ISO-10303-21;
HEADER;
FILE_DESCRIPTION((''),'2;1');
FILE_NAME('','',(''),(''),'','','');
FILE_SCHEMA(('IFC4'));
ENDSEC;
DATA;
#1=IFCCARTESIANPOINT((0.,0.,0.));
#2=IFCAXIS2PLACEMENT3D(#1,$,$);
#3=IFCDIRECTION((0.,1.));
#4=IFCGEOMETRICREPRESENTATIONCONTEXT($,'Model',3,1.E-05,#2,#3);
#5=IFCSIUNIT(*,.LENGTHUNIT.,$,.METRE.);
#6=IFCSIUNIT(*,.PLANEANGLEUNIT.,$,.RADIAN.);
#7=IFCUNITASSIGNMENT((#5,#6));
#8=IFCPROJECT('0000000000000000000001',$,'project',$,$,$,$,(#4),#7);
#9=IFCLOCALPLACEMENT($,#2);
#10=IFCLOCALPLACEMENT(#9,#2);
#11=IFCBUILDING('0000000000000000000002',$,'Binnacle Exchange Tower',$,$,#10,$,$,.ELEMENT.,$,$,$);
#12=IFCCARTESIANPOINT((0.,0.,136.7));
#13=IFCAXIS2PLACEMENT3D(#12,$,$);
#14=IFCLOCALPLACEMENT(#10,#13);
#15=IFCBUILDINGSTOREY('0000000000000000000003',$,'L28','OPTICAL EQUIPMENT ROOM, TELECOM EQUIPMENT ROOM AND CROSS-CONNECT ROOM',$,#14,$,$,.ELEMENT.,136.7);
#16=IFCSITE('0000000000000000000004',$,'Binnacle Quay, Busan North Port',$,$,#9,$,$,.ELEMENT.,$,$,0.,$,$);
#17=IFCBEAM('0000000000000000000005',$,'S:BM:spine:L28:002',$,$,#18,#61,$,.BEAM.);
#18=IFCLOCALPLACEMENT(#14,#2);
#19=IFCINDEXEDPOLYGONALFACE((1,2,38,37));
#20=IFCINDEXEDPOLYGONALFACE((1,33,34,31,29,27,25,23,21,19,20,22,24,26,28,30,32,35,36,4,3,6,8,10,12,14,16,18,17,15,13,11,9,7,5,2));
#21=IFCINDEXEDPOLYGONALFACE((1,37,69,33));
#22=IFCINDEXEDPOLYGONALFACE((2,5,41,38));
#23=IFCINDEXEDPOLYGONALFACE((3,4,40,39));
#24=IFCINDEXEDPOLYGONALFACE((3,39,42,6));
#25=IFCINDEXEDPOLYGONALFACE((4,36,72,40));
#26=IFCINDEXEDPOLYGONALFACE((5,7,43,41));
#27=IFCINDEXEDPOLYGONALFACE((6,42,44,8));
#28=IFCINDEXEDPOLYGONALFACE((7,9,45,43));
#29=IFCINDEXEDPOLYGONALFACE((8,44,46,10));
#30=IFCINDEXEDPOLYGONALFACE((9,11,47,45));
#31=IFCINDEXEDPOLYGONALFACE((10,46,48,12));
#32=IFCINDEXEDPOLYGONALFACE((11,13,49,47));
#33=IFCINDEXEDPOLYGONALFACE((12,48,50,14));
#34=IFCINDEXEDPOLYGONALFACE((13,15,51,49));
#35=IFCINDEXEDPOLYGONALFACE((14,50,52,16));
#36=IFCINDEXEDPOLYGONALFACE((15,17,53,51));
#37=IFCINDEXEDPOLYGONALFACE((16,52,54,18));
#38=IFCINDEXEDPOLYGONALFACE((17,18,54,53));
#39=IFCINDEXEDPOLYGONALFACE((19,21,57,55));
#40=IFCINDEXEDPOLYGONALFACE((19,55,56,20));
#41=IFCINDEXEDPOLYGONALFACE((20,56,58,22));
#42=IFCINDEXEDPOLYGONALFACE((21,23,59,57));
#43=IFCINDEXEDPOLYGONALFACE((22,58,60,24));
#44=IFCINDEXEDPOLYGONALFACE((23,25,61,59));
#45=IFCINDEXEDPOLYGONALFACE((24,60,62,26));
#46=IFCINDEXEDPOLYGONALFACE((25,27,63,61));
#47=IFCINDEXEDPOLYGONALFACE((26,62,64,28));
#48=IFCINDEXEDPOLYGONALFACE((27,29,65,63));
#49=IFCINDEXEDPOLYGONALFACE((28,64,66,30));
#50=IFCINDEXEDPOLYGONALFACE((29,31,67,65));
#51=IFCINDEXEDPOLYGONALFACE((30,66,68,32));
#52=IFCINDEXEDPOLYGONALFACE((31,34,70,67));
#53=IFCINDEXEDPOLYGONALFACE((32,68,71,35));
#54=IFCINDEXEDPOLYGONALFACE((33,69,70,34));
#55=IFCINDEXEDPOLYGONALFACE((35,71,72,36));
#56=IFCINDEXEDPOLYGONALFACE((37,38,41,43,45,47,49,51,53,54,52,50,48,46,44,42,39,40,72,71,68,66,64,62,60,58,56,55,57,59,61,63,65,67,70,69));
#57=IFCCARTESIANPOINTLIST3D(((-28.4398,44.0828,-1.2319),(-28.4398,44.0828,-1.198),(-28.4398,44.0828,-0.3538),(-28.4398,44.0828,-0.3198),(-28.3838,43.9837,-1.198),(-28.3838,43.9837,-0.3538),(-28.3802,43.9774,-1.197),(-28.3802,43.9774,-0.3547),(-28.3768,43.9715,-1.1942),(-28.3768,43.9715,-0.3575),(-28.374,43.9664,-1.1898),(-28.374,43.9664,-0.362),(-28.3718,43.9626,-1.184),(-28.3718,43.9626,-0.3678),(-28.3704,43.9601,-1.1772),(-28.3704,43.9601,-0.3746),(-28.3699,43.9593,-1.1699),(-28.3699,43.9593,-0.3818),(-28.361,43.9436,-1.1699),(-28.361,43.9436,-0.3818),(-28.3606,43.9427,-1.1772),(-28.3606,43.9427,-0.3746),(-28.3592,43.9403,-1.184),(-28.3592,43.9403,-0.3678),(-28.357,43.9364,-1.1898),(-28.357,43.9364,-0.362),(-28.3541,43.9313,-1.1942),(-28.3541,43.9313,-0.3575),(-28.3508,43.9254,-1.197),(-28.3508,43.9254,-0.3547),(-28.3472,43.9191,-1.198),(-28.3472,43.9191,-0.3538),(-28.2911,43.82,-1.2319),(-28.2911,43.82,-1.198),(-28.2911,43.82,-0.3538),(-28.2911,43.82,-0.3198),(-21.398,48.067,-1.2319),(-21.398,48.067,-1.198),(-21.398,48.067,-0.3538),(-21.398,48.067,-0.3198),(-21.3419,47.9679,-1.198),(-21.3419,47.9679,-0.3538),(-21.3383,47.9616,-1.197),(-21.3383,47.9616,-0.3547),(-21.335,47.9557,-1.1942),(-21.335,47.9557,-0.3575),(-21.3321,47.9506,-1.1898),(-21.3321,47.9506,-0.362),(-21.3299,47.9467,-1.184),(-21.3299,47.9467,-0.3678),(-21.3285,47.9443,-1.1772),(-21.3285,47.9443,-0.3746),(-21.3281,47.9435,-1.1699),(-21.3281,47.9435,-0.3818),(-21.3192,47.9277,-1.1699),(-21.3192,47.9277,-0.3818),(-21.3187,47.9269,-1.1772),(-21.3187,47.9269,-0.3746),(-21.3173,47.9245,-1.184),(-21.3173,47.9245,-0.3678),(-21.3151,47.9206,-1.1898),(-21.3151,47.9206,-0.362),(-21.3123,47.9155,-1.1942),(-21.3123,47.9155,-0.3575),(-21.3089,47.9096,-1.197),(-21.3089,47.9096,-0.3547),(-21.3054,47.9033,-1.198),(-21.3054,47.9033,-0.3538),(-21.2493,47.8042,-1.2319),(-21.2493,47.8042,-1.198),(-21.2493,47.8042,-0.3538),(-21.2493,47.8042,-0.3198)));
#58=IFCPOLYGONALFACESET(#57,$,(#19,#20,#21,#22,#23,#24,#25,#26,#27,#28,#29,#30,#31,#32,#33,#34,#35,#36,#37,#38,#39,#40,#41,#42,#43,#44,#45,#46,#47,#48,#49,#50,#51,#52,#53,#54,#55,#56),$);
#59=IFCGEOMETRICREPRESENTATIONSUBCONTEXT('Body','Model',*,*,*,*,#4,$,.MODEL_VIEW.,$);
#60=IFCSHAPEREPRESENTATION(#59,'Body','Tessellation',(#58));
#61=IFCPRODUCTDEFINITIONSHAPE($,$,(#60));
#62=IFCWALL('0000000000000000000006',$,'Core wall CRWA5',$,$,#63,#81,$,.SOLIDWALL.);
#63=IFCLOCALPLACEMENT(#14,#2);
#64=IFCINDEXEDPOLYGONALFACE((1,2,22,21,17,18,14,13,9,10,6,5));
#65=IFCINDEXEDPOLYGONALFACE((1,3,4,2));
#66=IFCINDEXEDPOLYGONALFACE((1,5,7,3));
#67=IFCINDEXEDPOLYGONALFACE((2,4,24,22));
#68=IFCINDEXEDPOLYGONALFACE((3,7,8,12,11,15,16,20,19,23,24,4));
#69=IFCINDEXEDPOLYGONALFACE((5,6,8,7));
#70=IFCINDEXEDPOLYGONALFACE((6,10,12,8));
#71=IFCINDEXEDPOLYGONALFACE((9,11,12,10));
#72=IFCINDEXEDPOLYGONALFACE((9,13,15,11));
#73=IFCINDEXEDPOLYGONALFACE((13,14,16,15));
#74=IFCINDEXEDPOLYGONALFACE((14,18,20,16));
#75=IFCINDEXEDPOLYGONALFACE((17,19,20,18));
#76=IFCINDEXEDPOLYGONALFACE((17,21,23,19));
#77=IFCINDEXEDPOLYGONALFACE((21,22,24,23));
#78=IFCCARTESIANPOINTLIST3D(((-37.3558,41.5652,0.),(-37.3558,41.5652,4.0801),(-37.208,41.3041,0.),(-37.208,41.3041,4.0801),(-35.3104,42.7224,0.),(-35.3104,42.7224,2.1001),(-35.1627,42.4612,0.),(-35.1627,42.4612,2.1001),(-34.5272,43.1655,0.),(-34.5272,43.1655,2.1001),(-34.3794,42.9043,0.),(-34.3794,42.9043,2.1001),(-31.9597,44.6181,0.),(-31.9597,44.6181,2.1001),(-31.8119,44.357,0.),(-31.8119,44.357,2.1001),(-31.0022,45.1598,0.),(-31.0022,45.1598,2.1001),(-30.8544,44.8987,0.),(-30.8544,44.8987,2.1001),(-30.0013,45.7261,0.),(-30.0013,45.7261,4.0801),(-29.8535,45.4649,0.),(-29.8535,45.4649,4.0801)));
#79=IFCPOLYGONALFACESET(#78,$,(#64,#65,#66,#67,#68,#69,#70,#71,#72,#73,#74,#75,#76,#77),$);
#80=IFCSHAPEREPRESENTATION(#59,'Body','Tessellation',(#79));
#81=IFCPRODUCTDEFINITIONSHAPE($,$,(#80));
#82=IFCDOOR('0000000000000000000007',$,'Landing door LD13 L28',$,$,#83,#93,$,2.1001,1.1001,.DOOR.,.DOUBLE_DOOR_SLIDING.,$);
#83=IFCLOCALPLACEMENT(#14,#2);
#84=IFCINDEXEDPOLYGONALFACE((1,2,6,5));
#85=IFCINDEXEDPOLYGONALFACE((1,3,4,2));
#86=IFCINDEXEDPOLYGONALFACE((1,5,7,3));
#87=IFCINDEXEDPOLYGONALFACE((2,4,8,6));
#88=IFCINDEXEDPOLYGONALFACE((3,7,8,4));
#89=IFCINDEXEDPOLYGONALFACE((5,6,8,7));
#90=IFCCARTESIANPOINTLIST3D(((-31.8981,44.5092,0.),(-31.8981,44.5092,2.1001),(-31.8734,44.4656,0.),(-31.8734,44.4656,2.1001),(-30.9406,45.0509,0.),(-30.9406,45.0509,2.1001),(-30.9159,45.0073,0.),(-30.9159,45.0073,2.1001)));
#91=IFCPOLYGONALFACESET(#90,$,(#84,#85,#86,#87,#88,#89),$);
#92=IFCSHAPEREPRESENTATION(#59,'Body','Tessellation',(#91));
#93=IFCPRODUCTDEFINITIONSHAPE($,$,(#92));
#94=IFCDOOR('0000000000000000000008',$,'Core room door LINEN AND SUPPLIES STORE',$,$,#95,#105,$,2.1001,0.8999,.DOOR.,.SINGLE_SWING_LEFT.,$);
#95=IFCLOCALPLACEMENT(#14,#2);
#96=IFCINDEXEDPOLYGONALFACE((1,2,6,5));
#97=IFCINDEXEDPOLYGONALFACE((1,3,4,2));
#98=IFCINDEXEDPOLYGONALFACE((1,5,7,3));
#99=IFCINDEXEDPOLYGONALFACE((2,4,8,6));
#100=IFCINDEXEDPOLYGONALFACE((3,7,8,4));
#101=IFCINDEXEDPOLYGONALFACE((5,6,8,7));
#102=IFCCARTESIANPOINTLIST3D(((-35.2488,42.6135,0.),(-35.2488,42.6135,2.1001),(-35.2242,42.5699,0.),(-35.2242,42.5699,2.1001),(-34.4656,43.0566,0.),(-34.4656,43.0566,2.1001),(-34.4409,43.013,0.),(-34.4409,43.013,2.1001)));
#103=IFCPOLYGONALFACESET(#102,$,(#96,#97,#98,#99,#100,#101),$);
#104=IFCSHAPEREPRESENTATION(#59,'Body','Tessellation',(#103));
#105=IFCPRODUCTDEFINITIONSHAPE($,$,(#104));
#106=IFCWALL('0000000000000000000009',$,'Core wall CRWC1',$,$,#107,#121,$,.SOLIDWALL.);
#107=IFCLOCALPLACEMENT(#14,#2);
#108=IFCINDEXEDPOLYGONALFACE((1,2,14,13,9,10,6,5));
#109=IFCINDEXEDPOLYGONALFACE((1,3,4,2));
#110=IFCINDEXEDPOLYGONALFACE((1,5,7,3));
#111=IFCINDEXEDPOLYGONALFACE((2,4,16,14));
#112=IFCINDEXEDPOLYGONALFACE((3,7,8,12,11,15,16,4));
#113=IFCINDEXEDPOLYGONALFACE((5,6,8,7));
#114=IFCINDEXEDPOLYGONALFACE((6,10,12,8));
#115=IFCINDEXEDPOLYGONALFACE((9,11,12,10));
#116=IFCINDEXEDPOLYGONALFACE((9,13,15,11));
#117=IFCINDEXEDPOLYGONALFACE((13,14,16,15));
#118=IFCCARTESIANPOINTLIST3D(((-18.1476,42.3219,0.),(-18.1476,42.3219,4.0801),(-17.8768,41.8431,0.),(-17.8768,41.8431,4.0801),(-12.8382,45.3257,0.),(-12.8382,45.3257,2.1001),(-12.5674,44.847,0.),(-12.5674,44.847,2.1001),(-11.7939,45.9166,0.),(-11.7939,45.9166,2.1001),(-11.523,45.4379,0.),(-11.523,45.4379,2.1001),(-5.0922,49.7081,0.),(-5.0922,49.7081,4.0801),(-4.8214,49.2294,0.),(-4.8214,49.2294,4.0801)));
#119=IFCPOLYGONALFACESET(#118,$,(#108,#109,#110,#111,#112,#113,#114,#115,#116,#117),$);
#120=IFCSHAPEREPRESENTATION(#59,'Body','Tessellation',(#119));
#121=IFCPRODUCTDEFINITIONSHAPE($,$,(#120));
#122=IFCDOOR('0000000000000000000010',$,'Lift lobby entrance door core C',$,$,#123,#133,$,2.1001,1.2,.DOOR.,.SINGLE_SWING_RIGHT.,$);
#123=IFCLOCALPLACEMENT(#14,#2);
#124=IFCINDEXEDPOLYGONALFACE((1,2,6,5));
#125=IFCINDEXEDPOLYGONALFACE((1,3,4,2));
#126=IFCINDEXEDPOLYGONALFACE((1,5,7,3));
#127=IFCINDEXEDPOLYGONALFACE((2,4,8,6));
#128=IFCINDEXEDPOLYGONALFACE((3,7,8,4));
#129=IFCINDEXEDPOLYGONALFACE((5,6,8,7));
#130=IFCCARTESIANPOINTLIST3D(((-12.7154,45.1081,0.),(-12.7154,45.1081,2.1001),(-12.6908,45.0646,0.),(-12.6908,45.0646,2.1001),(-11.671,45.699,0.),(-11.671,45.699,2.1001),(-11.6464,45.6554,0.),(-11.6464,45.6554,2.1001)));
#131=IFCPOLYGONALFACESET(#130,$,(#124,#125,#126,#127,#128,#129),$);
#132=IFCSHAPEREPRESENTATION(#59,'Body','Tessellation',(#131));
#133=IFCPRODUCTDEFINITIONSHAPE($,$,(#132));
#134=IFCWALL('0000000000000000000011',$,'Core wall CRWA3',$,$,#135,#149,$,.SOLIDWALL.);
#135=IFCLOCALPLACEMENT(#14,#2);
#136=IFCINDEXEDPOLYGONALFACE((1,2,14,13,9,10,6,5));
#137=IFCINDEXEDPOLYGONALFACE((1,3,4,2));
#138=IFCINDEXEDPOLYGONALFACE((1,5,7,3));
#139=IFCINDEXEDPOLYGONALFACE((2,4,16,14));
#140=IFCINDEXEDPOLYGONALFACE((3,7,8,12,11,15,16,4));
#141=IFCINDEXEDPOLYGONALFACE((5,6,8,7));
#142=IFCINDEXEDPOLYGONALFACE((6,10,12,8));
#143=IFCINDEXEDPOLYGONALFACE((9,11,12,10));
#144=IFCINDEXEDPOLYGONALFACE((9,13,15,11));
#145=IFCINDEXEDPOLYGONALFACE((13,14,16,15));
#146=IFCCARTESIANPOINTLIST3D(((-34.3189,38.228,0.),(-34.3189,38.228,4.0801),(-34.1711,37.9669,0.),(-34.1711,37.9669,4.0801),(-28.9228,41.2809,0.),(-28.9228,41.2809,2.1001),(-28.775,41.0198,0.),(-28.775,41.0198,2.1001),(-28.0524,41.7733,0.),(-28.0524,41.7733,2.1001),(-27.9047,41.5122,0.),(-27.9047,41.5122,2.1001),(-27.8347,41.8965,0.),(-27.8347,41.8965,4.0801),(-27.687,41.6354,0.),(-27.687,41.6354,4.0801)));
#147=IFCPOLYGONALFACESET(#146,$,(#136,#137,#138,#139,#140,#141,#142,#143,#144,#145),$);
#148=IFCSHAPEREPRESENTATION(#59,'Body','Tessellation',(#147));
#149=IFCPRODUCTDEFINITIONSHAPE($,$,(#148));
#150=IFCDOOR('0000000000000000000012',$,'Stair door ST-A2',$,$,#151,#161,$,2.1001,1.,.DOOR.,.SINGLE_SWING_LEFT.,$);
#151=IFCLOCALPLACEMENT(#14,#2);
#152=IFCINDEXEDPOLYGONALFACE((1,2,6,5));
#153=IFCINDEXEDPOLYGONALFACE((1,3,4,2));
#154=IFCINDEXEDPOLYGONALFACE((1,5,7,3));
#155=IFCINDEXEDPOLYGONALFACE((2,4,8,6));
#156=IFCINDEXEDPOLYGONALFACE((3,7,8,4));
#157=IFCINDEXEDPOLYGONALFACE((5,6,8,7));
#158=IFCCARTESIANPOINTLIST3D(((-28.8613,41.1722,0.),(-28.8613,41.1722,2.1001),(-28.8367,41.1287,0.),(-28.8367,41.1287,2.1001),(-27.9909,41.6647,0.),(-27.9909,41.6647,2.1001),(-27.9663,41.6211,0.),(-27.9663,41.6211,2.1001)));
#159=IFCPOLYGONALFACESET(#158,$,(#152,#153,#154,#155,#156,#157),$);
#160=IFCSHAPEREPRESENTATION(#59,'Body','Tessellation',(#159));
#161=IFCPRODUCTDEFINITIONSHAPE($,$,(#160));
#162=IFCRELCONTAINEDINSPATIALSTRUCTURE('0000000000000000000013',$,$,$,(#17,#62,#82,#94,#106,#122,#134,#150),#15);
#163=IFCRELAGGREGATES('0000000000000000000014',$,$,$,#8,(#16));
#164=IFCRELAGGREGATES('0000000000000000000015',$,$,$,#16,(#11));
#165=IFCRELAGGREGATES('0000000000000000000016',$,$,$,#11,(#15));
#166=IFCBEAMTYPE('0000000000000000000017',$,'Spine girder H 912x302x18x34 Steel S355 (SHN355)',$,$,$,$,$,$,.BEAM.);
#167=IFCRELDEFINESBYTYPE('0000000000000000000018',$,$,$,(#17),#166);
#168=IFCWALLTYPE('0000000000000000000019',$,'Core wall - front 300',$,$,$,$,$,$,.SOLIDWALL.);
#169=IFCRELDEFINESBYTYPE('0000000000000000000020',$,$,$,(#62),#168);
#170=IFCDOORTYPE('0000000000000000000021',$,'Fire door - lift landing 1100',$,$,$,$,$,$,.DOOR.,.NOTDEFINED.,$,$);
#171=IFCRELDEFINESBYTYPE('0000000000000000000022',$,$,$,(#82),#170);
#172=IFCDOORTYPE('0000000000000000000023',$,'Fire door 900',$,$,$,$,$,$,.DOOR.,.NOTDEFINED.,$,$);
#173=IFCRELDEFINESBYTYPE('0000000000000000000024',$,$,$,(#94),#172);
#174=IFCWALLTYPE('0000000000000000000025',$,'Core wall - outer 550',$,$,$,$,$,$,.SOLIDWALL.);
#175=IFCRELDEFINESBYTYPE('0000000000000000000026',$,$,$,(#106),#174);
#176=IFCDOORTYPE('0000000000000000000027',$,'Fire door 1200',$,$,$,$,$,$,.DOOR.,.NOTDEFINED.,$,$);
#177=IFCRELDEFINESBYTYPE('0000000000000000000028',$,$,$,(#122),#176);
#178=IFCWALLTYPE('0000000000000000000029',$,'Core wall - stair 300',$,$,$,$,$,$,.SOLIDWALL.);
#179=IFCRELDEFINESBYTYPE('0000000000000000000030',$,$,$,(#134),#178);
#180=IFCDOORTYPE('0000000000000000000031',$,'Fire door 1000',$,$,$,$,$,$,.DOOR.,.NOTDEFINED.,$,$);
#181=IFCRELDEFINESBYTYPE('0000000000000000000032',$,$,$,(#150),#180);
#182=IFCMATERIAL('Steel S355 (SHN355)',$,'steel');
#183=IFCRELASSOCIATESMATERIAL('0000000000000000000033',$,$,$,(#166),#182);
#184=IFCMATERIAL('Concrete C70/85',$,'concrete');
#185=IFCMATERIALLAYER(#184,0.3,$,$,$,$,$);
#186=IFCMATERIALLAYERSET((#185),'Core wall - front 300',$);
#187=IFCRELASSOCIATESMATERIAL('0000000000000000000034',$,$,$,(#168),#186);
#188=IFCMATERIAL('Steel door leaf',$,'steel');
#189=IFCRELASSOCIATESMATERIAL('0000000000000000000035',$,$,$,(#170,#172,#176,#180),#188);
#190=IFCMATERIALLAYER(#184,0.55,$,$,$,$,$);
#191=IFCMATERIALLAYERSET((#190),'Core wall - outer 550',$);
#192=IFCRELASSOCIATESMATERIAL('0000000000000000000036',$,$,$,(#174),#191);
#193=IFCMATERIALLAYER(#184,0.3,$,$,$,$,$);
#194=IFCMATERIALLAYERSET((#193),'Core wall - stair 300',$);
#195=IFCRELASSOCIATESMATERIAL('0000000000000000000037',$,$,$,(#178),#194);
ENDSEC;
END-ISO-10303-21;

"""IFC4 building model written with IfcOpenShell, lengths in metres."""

from ifc_helpers import new_model, si_unit, direction, frame, frame_2d, origin, origin_2d, place, context, subcontext, project, spatial, rectangle, i_section, extrude, material, layer, layer_set, material_profile, profile_set, type_object, element, fill, save


model = new_model("IFC4")

# Units and contexts
model_context = context("Model", 3, precision=1e-05, world=origin(), true_north=direction((0.0, 1.0)))
body_context = subcontext(model_context, "Body", "Model", "MODEL_VIEW")
ifc_project = project(units=[si_unit("LENGTHUNIT", "METRE"), si_unit("PLANEANGLEUNIT", "RADIAN")], contexts=[model_context])

# Site, building, storey
site_placement = place(None, origin())
site = spatial("IfcSite", under=ifc_project, at=site_placement, Name="Binnacle Quay, Busan North Port", CompositionType="ELEMENT", RefElevation=0.0)
building_placement = place(site_placement, origin())
building = spatial("IfcBuilding", under=site, at=building_placement, Name="Binnacle Exchange Tower", CompositionType="ELEMENT")
storey_placement = place(building_placement, frame((0.0, 0.0, 136.7)))
storey = spatial("IfcBuildingStorey", under=building, at=storey_placement, Name="L28", Description="OPTICAL EQUIPMENT ROOM, TELECOM EQUIPMENT ROOM AND CROSS-CONNECT ROOM", CompositionType="ELEMENT", Elevation=136.7)

# Shared definitions
ifc_material_1 = material(Name="Concrete C70/85", Category="concrete")

# Beam
ifc_material_2 = material(Name="Steel S355 (SHN355)", Category="steel")
ifc_material_profile_1 = material_profile(ifc_material_2, i_section(OverallWidth=0.302, OverallDepth=0.9121, WebThickness=0.0181, FlangeThickness=0.0339, FilletRadius=0.0281, at=origin_2d()), Name="H 912x302x18x34")
ifc_profile_set_1 = profile_set([ifc_material_profile_1], Name="Steel S355 (SHN355)")
beam_type_1 = type_object("IfcBeamType", Name="Spine girder H 912x302x18x34 Steel S355 (SHN355)", PredefinedType="BEAM", material=ifc_profile_set_1)
beam_1_placement = place(storey_placement, frame((-28.3655, 43.9514, -0.7759), z_axis=(0.87035, 0.492433, 0.0), x_axis=(-0.492433, 0.87035, 0.0)))
element("IfcBeam", 1, at=beam_1_placement, inside=storey, type_object=beam_type_1, Name="S:BM:spine:L28:002", PredefinedType="BEAM", context=body_context, shape_type="SweptSolid", body=[
    extrude(i_section(OverallWidth=0.302, OverallDepth=0.9121, WebThickness=0.0181, FlangeThickness=0.0339, FilletRadius=0.0281, at=origin_2d()), origin(), (0.0, 0.0, 1.0), 8.0908),
])

# Wall, openings, doors
ifc_layer_1 = layer(ifc_material_1, 0.3)
ifc_layer_set_1 = layer_set([ifc_layer_1], Name="Core wall - front 300")
wall_type_1 = type_object("IfcWallType", Name="Core wall - front 300", PredefinedType="SOLIDWALL", material=ifc_layer_set_1)
wall_1_placement = place(storey_placement, frame((-37.282, 41.4346, 0.0), z_axis=(0.0, 0.0, 1.0), x_axis=(0.87036, 0.492416, 0.0)))
wall_1 = element("IfcWall", 2, at=wall_1_placement, inside=storey, type_object=wall_type_1, Name="Core wall CRWA5", PredefinedType="SOLIDWALL", context=body_context, shape_type="SweptSolid", body=[
    extrude(rectangle(XDim=8.45, YDim=0.3, at=frame_2d((4.2251, 0.0))), origin(), (0.0, 0.0, 1.0), 4.0801),
])
opening_1_placement = place(wall_1_placement, frame((6.2, 0.0, 0.0)))
opening_1 = element("IfcOpeningElement", 3, at=opening_1_placement, cuts=wall_1, PredefinedType="OPENING", context=body_context, shape_type="SweptSolid", body=[
    extrude(rectangle(XDim=1.1001, YDim=2.1001, at=frame_2d((0.55, 1.05))), frame((0.0, 0.1599, 0.0), z_axis=(0.0, -1.0, 0.0), x_axis=(1.0, 0.0, 0.0)), (0.0, 0.0, 1.0), 0.3201),
])
opening_2_placement = place(wall_1_placement, frame((2.3501, 0.0, 0.0)))
opening_2 = element("IfcOpeningElement", 4, at=opening_2_placement, cuts=wall_1, PredefinedType="OPENING", context=body_context, shape_type="SweptSolid", body=[
    extrude(rectangle(XDim=0.8999, YDim=2.1001, at=frame_2d((0.45, 1.05))), frame((0.0, 0.1599, 0.0), z_axis=(0.0, -1.0, 0.0), x_axis=(1.0, 0.0, 0.0)), (0.0, 0.0, 1.0), 0.3201),
])
ifc_material_3 = material(Name="Steel door leaf", Category="steel")
door_type_1 = type_object("IfcDoorType", Name="Fire door - lift landing 1100", OperationType="NOTDEFINED", PredefinedType="DOOR", material=ifc_material_3)
door_1_placement = place(opening_1_placement, origin())
door_1 = element("IfcDoor", 5, at=door_1_placement, inside=storey, type_object=door_type_1, Name="Landing door LD13 L28", OperationType="DOUBLE_DOOR_SLIDING", OverallHeight=2.1001, OverallWidth=1.1001, PredefinedType="DOOR", context=body_context, shape_type="SweptSolid", body=[
    extrude(rectangle(XDim=1.1001, YDim=2.1001, at=frame_2d((0.55, 1.05))), frame((0.0, 0.0249, 0.0), z_axis=(0.0, -1.0, 0.0), x_axis=(1.0, 0.0, 0.0)), (0.0, 0.0, 1.0), 0.05),
])
fill(opening_1, door_1)
door_type_2 = type_object("IfcDoorType", Name="Fire door 900", OperationType="NOTDEFINED", PredefinedType="DOOR", material=ifc_material_3)
door_2_placement = place(opening_2_placement, origin())
door_2 = element("IfcDoor", 6, at=door_2_placement, inside=storey, type_object=door_type_2, Name="Core room door LINEN AND SUPPLIES STORE", OperationType="SINGLE_SWING_LEFT", OverallHeight=2.1001, OverallWidth=0.8999, PredefinedType="DOOR", context=body_context, shape_type="SweptSolid", body=[
    extrude(rectangle(XDim=0.8999, YDim=2.1001, at=frame_2d((0.45, 1.05))), frame((0.0, 0.0249, 0.0), z_axis=(0.0, -1.0, 0.0), x_axis=(1.0, 0.0, 0.0)), (0.0, 0.0, 1.0), 0.05),
])
fill(opening_2, door_2)

# Walls, openings, doors
ifc_layer_2 = layer(ifc_material_1, 0.55)
ifc_layer_set_2 = layer_set([ifc_layer_2], Name="Core wall - outer 550")
wall_type_2 = type_object("IfcWallType", Name="Core wall - outer 550", PredefinedType="SOLIDWALL", material=ifc_layer_set_2)
wall_2_placement = place(storey_placement, frame((-18.0122, 42.0825, 0.0), z_axis=(0.0, 0.0, 1.0), x_axis=(0.870361, 0.492415, 0.0)))
wall_2 = element("IfcWall", 7, at=wall_2_placement, inside=storey, type_object=wall_type_2, Name="Core wall CRWC1", PredefinedType="SOLIDWALL", context=body_context, shape_type="SweptSolid", body=[
    extrude(rectangle(XDim=15.0, YDim=0.55, at=frame_2d((7.5, 0.0))), origin(), (0.0, 0.0, 1.0), 4.0801),
])
opening_3_placement = place(wall_2_placement, frame((6.1001, 0.0, 0.0)))
opening_3 = element("IfcOpeningElement", 8, at=opening_3_placement, cuts=wall_2, PredefinedType="OPENING", context=body_context, shape_type="SweptSolid", body=[
    extrude(rectangle(XDim=1.2, YDim=2.1001, at=frame_2d((0.6001, 1.05))), frame((0.0, 0.2849, 0.0), z_axis=(0.0, -1.0, 0.0), x_axis=(1.0, 0.0, 0.0)), (0.0, 0.0, 1.0), 0.5701),
])
door_type_3 = type_object("IfcDoorType", Name="Fire door 1200", OperationType="NOTDEFINED", PredefinedType="DOOR", material=ifc_material_3)
door_3_placement = place(opening_3_placement, frame((1.2, 0.0, 0.0), z_axis=(0.0, 0.0, 1.0), x_axis=(-1.0, 0.0, 0.0)))
door_3 = element("IfcDoor", 9, at=door_3_placement, inside=storey, type_object=door_type_3, Name="Lift lobby entrance door core C", OperationType="SINGLE_SWING_RIGHT", OverallHeight=2.1001, OverallWidth=1.2, PredefinedType="DOOR", context=body_context, shape_type="SweptSolid", body=[
    extrude(rectangle(XDim=1.2, YDim=2.1001, at=frame_2d((0.6001, 1.05))), frame((0.0, 0.0249, 0.0), z_axis=(0.0, -1.0, 0.0), x_axis=(1.0, 0.0, 0.0)), (0.0, 0.0, 1.0), 0.05),
])
fill(opening_3, door_3)
ifc_layer_3 = layer(ifc_material_1, 0.3)
ifc_layer_set_3 = layer_set([ifc_layer_3], Name="Core wall - stair 300")
wall_type_3 = type_object("IfcWallType", Name="Core wall - stair 300", PredefinedType="SOLIDWALL", material=ifc_layer_set_3)
wall_3_placement = place(storey_placement, frame((-34.2451, 38.0974, 0.0), z_axis=(0.0, 0.0, 1.0), x_axis=(0.870361, 0.492415, 0.0)))
wall_3 = element("IfcWall", 10, at=wall_3_placement, inside=storey, type_object=wall_type_3, Name="Core wall CRWA3", PredefinedType="SOLIDWALL", context=body_context, shape_type="SweptSolid", body=[
    extrude(rectangle(XDim=7.45, YDim=0.3, at=frame_2d((3.7251, 0.0))), origin(), (0.0, 0.0, 1.0), 4.0801),
])
opening_4_placement = place(wall_3_placement, frame((6.2, 0.0, 0.0)))
opening_4 = element("IfcOpeningElement", 11, at=opening_4_placement, cuts=wall_3, PredefinedType="OPENING", context=body_context, shape_type="SweptSolid", body=[
    extrude(rectangle(XDim=1.0, YDim=2.1001, at=frame_2d((0.5, 1.05))), frame((0.0, 0.1599, 0.0), z_axis=(0.0, -1.0, 0.0), x_axis=(1.0, 0.0, 0.0)), (0.0, 0.0, 1.0), 0.3201),
])
door_type_4 = type_object("IfcDoorType", Name="Fire door 1000", OperationType="NOTDEFINED", PredefinedType="DOOR", material=ifc_material_3)
door_4_placement = place(opening_4_placement, frame((1.0, 0.0, 0.0), z_axis=(0.0, 0.0, 1.0), x_axis=(-1.0, 0.0, 0.0)))
door_4 = element("IfcDoor", 12, at=door_4_placement, inside=storey, type_object=door_type_4, Name="Stair door ST-A2", OperationType="SINGLE_SWING_LEFT", OverallHeight=2.1001, OverallWidth=1.0, PredefinedType="DOOR", context=body_context, shape_type="SweptSolid", body=[
    extrude(rectangle(XDim=1.0, YDim=2.1001, at=frame_2d((0.5, 1.05))), frame((0.0, 0.0249, 0.0), z_axis=(0.0, -1.0, 0.0), x_axis=(1.0, 0.0, 0.0)), (0.0, 0.0, 1.0), 0.05),
])
fill(opening_4, door_4)

save(model, "model.ifc")
